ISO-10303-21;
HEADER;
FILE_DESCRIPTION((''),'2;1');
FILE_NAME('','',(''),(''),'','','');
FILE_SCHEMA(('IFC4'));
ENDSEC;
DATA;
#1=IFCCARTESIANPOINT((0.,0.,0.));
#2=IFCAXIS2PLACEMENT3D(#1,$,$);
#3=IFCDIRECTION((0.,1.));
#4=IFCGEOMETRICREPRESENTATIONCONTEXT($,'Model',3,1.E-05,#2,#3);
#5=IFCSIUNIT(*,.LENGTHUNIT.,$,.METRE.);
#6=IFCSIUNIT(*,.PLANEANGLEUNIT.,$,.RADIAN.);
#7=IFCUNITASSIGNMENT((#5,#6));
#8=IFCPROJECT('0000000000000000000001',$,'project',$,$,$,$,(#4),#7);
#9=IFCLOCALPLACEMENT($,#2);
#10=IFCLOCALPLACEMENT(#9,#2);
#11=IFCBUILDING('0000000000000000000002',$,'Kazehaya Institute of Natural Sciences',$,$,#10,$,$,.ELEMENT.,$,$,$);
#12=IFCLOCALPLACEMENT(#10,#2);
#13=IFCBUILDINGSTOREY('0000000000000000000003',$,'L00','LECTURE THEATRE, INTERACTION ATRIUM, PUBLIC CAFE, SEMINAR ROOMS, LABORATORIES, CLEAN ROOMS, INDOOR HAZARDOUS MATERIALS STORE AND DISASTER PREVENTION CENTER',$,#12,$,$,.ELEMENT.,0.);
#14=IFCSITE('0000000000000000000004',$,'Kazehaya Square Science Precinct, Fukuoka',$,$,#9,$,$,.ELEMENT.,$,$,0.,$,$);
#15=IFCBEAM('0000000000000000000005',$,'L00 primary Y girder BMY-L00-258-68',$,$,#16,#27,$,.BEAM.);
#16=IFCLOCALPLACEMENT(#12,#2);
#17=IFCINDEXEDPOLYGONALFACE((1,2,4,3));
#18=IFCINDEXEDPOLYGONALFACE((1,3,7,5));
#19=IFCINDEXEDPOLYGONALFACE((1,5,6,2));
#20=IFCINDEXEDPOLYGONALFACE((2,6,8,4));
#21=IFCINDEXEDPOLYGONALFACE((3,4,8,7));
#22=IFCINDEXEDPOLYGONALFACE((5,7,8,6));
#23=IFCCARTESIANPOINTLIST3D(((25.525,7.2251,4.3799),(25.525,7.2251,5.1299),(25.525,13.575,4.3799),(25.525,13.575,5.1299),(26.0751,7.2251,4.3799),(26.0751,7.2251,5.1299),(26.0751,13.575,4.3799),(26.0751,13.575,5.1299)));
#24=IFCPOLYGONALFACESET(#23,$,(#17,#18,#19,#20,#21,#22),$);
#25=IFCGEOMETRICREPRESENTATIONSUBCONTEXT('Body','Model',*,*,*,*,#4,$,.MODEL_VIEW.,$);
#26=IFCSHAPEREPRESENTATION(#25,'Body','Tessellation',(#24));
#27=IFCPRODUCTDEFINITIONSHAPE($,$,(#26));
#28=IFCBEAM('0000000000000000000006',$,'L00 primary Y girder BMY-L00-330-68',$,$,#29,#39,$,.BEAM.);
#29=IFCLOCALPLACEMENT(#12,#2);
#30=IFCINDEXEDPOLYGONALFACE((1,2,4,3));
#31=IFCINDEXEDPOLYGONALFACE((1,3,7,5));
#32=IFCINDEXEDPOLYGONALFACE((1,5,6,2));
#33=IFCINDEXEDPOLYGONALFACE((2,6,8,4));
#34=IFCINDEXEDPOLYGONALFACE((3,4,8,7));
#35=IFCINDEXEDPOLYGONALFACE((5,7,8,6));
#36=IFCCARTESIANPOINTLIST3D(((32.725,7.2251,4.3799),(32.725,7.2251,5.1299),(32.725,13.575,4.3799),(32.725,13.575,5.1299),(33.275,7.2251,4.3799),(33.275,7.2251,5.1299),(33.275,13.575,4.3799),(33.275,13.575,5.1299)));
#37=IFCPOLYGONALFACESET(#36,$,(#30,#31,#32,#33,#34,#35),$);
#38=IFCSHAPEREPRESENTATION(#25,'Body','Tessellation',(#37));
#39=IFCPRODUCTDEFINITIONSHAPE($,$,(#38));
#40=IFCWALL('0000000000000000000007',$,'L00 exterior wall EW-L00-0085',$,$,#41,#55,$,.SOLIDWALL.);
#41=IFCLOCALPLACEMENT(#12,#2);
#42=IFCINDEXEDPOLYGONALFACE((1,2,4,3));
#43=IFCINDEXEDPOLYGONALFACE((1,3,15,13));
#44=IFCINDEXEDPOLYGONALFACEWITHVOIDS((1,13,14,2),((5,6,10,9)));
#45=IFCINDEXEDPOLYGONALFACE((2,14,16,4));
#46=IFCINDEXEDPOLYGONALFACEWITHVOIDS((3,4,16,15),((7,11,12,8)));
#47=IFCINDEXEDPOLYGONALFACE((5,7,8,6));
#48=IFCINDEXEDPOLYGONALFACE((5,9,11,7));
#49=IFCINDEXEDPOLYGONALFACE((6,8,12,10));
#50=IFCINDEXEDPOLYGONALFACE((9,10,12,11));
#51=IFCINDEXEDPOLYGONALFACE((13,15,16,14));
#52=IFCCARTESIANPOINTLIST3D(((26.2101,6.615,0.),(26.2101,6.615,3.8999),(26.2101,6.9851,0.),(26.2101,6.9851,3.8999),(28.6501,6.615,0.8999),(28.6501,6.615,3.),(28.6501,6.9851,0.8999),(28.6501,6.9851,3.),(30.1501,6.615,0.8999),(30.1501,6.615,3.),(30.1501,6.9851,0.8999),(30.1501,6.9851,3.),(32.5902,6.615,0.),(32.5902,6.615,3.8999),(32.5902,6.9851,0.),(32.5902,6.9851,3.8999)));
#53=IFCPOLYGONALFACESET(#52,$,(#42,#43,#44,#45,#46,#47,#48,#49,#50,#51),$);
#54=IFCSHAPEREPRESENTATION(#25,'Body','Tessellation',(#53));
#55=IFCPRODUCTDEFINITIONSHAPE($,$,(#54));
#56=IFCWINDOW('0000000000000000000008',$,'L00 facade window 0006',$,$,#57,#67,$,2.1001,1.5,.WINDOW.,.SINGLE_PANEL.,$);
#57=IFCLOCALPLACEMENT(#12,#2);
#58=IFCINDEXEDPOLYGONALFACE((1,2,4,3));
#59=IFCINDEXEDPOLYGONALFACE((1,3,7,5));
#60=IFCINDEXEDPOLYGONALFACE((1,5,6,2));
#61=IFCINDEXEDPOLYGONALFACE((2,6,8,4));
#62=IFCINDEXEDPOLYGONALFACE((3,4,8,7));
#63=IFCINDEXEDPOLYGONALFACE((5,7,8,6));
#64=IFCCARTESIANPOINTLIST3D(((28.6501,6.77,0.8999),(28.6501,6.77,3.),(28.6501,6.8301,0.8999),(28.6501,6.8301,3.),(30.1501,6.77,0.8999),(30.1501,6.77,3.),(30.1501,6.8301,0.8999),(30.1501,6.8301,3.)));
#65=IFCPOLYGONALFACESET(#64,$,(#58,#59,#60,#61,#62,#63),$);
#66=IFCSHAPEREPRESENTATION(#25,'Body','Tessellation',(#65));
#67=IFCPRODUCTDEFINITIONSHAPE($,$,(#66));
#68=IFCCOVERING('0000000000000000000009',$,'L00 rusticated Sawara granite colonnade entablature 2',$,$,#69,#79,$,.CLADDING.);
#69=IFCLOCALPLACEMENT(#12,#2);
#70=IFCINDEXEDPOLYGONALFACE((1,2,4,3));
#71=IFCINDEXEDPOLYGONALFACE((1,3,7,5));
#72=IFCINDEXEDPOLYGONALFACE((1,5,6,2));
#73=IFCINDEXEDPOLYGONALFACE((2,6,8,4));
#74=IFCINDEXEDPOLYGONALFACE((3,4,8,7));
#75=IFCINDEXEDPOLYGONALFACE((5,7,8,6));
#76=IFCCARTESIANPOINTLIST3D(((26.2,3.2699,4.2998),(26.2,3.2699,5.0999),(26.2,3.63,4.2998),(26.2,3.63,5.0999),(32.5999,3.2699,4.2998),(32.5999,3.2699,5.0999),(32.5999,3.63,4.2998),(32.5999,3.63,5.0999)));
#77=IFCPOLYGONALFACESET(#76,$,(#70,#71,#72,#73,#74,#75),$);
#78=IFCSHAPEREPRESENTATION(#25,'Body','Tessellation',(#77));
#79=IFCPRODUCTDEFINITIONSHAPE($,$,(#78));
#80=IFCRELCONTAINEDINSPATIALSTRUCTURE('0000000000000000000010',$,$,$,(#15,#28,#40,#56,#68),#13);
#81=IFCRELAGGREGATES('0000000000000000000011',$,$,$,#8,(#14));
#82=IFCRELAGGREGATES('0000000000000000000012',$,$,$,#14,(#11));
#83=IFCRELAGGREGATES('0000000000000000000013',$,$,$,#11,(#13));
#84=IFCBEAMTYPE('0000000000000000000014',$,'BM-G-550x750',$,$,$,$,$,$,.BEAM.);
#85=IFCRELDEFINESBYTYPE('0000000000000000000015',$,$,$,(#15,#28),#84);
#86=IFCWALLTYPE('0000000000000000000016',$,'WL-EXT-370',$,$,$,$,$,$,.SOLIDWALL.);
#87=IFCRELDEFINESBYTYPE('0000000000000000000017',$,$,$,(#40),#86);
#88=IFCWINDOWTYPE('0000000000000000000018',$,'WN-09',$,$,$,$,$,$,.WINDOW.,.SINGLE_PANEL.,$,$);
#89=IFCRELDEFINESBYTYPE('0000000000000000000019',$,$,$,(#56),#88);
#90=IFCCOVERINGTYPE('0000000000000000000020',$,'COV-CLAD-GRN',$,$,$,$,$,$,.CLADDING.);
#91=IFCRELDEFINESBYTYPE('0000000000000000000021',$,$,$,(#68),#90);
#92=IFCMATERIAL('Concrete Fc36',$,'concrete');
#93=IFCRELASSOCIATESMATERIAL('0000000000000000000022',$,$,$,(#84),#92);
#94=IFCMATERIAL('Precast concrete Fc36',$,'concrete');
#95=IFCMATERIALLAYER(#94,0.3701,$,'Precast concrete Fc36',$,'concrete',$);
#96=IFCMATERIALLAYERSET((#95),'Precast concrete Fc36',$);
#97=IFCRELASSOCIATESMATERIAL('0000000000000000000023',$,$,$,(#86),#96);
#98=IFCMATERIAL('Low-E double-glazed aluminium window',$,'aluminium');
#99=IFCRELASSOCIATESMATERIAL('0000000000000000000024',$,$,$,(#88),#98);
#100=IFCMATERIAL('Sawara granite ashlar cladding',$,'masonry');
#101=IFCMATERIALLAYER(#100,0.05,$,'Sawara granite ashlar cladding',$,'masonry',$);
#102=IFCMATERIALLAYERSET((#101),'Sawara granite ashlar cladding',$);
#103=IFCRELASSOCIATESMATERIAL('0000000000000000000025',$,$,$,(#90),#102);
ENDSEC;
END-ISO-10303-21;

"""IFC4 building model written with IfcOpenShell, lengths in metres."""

from ifc_helpers import new_model, si_unit, direction, frame, frame_2d, origin, origin_2d, place, context, subcontext, project, spatial, rectangle, extrude, material, layer, layer_set, material_profile, profile_set, type_object, element, fill, save


model = new_model("IFC4")

# Units and contexts
model_context = context("Model", 3, precision=1e-05, world=origin(), true_north=direction((0.0, 1.0)))
body_context = subcontext(model_context, "Body", "Model", "MODEL_VIEW")
ifc_project = project(units=[si_unit("LENGTHUNIT", "METRE"), si_unit("PLANEANGLEUNIT", "RADIAN")], contexts=[model_context])

# Site, building, storey
site_placement = place(None, origin())
site = spatial("IfcSite", under=ifc_project, at=site_placement, Name="Kazehaya Square Science Precinct, Fukuoka", CompositionType="ELEMENT", RefElevation=0.0)
building_placement = place(site_placement, origin())
building = spatial("IfcBuilding", under=site, at=building_placement, Name="Kazehaya Institute of Natural Sciences", CompositionType="ELEMENT")
storey_placement = place(building_placement, origin())
storey = spatial("IfcBuildingStorey", under=building, at=storey_placement, Name="L00", Description="LECTURE THEATRE, INTERACTION ATRIUM, PUBLIC CAFE, SEMINAR ROOMS, LABORATORIES, CLEAN ROOMS, INDOOR HAZARDOUS MATERIALS STORE AND DISASTER PREVENTION CENTER", CompositionType="ELEMENT", Elevation=0.0)

# Shared definitions
ifc_material_1 = material(Name="Concrete Fc36", Category="concrete")
ifc_material_2 = material(Name="Precast concrete Fc36", Category="concrete")

# Beams
ifc_material_profile_1 = material_profile(ifc_material_1, rectangle(XDim=0.55, YDim=0.75, at=origin_2d()), Name="RC-550x750")
ifc_profile_set_1 = profile_set([ifc_material_profile_1], Name="Concrete Fc36")
beam_type_1 = type_object("IfcBeamType", Name="BM-G-550x750", PredefinedType="BEAM", material=ifc_profile_set_1)
for number, where, z_axis, x_axis, name in (
    (1, (25.8, 7.2251, 4.7549), (0.0, 1.0, 0.0), (-1.0, 0.0, 0.0), "L00 primary Y girder BMY-L00-258-68"),
    (2, (33.0, 7.2251, 4.7549), (0.0, 1.0, 0.0), (-1.0, 0.0, 0.0), "L00 primary Y girder BMY-L00-330-68"),
):
    element("IfcBeam", number, at=place(storey_placement, frame(where, z_axis=z_axis, x_axis=x_axis)), inside=storey, type_object=beam_type_1, Name=name, PredefinedType="BEAM", context=body_context, shape_type="SweptSolid", body=[
        extrude(rectangle(XDim=0.55, YDim=0.75, at=origin_2d()), origin(), (0.0, 0.0, 1.0), 6.3499),
    ])

# Wall, opening, window
ifc_layer_1 = layer(ifc_material_2, 0.3701, Name="Precast concrete Fc36", Category="concrete")
ifc_layer_set_1 = layer_set([ifc_layer_1], Name="Precast concrete Fc36")
wall_type = type_object("IfcWallType", Name="WL-EXT-370", PredefinedType="SOLIDWALL", material=ifc_layer_set_1)
wall_1_placement = place(storey_placement, frame((32.5901, 6.8, 0.0), z_axis=(0.0, 0.0, 1.0), x_axis=(-1.0, 0.0, 0.0)))
wall_1 = element("IfcWall", 3, at=wall_1_placement, inside=storey, type_object=wall_type, Name="L00 exterior wall EW-L00-0085", PredefinedType="SOLIDWALL", context=body_context, shape_type="SweptSolid", body=[
    extrude(rectangle(XDim=6.3801, YDim=0.3701, at=frame_2d((3.1899, 0.0))), origin(), (0.0, 0.0, 1.0), 3.8999),
])
opening_1_placement = place(wall_1_placement, frame((2.4399, 0.0, 0.8999)))
opening_1 = element("IfcOpeningElement", 4, at=opening_1_placement, cuts=wall_1, PredefinedType="OPENING", context=body_context, shape_type="SweptSolid", body=[
    extrude(rectangle(XDim=1.5, YDim=2.1001, at=frame_2d((0.75, 1.05))), frame((0.0, 0.1951, 0.0), z_axis=(0.0, -1.0, 0.0), x_axis=(1.0, 0.0, 0.0)), (0.0, 0.0, 1.0), 0.3901),
])
ifc_material_3 = material(Name="Low-E double-glazed aluminium window", Category="aluminium")
window_type = type_object("IfcWindowType", Name="WN-09", PartitioningType="SINGLE_PANEL", PredefinedType="WINDOW", material=ifc_material_3)
window_placement = place(opening_1_placement, origin())
window = element("IfcWindow", 5, at=window_placement, inside=storey, type_object=window_type, Name="L00 facade window 0006", OverallHeight=2.1001, OverallWidth=1.5, PartitioningType="SINGLE_PANEL", PredefinedType="WINDOW", context=body_context, shape_type="SweptSolid", body=[
    extrude(rectangle(XDim=1.5, YDim=2.1001, at=frame_2d((0.75, 1.05))), frame((0.0, 0.03, 0.0), z_axis=(0.0, -1.0, 0.0), x_axis=(1.0, 0.0, 0.0)), (0.0, 0.0, 1.0), 0.0601),
])
fill(opening_1, window)

# Covering
ifc_material_4 = material(Name="Sawara granite ashlar cladding", Category="masonry")
ifc_layer_2 = layer(ifc_material_4, 0.05, Name="Sawara granite ashlar cladding", Category="masonry")
ifc_layer_set_2 = layer_set([ifc_layer_2], Name="Sawara granite ashlar cladding")
covering_type = type_object("IfcCoveringType", Name="COV-CLAD-GRN", PredefinedType="CLADDING", material=ifc_layer_set_2)
covering_placement = place(storey_placement, frame((29.3999, 3.45, 4.2998), z_axis=(0.0, 0.0, 1.0), x_axis=(1.0, 0.0, 0.0)))
element("IfcCovering", 6, at=covering_placement, inside=storey, type_object=covering_type, Name="L00 rusticated Sawara granite colonnade entablature 2", PredefinedType="CLADDING", context=body_context, shape_type="SweptSolid", body=[
    extrude(rectangle(XDim=6.3999, YDim=0.3601, at=origin_2d()), origin(), (0.0, 0.0, 1.0), 0.8),
])

save(model, "model.ifc")
